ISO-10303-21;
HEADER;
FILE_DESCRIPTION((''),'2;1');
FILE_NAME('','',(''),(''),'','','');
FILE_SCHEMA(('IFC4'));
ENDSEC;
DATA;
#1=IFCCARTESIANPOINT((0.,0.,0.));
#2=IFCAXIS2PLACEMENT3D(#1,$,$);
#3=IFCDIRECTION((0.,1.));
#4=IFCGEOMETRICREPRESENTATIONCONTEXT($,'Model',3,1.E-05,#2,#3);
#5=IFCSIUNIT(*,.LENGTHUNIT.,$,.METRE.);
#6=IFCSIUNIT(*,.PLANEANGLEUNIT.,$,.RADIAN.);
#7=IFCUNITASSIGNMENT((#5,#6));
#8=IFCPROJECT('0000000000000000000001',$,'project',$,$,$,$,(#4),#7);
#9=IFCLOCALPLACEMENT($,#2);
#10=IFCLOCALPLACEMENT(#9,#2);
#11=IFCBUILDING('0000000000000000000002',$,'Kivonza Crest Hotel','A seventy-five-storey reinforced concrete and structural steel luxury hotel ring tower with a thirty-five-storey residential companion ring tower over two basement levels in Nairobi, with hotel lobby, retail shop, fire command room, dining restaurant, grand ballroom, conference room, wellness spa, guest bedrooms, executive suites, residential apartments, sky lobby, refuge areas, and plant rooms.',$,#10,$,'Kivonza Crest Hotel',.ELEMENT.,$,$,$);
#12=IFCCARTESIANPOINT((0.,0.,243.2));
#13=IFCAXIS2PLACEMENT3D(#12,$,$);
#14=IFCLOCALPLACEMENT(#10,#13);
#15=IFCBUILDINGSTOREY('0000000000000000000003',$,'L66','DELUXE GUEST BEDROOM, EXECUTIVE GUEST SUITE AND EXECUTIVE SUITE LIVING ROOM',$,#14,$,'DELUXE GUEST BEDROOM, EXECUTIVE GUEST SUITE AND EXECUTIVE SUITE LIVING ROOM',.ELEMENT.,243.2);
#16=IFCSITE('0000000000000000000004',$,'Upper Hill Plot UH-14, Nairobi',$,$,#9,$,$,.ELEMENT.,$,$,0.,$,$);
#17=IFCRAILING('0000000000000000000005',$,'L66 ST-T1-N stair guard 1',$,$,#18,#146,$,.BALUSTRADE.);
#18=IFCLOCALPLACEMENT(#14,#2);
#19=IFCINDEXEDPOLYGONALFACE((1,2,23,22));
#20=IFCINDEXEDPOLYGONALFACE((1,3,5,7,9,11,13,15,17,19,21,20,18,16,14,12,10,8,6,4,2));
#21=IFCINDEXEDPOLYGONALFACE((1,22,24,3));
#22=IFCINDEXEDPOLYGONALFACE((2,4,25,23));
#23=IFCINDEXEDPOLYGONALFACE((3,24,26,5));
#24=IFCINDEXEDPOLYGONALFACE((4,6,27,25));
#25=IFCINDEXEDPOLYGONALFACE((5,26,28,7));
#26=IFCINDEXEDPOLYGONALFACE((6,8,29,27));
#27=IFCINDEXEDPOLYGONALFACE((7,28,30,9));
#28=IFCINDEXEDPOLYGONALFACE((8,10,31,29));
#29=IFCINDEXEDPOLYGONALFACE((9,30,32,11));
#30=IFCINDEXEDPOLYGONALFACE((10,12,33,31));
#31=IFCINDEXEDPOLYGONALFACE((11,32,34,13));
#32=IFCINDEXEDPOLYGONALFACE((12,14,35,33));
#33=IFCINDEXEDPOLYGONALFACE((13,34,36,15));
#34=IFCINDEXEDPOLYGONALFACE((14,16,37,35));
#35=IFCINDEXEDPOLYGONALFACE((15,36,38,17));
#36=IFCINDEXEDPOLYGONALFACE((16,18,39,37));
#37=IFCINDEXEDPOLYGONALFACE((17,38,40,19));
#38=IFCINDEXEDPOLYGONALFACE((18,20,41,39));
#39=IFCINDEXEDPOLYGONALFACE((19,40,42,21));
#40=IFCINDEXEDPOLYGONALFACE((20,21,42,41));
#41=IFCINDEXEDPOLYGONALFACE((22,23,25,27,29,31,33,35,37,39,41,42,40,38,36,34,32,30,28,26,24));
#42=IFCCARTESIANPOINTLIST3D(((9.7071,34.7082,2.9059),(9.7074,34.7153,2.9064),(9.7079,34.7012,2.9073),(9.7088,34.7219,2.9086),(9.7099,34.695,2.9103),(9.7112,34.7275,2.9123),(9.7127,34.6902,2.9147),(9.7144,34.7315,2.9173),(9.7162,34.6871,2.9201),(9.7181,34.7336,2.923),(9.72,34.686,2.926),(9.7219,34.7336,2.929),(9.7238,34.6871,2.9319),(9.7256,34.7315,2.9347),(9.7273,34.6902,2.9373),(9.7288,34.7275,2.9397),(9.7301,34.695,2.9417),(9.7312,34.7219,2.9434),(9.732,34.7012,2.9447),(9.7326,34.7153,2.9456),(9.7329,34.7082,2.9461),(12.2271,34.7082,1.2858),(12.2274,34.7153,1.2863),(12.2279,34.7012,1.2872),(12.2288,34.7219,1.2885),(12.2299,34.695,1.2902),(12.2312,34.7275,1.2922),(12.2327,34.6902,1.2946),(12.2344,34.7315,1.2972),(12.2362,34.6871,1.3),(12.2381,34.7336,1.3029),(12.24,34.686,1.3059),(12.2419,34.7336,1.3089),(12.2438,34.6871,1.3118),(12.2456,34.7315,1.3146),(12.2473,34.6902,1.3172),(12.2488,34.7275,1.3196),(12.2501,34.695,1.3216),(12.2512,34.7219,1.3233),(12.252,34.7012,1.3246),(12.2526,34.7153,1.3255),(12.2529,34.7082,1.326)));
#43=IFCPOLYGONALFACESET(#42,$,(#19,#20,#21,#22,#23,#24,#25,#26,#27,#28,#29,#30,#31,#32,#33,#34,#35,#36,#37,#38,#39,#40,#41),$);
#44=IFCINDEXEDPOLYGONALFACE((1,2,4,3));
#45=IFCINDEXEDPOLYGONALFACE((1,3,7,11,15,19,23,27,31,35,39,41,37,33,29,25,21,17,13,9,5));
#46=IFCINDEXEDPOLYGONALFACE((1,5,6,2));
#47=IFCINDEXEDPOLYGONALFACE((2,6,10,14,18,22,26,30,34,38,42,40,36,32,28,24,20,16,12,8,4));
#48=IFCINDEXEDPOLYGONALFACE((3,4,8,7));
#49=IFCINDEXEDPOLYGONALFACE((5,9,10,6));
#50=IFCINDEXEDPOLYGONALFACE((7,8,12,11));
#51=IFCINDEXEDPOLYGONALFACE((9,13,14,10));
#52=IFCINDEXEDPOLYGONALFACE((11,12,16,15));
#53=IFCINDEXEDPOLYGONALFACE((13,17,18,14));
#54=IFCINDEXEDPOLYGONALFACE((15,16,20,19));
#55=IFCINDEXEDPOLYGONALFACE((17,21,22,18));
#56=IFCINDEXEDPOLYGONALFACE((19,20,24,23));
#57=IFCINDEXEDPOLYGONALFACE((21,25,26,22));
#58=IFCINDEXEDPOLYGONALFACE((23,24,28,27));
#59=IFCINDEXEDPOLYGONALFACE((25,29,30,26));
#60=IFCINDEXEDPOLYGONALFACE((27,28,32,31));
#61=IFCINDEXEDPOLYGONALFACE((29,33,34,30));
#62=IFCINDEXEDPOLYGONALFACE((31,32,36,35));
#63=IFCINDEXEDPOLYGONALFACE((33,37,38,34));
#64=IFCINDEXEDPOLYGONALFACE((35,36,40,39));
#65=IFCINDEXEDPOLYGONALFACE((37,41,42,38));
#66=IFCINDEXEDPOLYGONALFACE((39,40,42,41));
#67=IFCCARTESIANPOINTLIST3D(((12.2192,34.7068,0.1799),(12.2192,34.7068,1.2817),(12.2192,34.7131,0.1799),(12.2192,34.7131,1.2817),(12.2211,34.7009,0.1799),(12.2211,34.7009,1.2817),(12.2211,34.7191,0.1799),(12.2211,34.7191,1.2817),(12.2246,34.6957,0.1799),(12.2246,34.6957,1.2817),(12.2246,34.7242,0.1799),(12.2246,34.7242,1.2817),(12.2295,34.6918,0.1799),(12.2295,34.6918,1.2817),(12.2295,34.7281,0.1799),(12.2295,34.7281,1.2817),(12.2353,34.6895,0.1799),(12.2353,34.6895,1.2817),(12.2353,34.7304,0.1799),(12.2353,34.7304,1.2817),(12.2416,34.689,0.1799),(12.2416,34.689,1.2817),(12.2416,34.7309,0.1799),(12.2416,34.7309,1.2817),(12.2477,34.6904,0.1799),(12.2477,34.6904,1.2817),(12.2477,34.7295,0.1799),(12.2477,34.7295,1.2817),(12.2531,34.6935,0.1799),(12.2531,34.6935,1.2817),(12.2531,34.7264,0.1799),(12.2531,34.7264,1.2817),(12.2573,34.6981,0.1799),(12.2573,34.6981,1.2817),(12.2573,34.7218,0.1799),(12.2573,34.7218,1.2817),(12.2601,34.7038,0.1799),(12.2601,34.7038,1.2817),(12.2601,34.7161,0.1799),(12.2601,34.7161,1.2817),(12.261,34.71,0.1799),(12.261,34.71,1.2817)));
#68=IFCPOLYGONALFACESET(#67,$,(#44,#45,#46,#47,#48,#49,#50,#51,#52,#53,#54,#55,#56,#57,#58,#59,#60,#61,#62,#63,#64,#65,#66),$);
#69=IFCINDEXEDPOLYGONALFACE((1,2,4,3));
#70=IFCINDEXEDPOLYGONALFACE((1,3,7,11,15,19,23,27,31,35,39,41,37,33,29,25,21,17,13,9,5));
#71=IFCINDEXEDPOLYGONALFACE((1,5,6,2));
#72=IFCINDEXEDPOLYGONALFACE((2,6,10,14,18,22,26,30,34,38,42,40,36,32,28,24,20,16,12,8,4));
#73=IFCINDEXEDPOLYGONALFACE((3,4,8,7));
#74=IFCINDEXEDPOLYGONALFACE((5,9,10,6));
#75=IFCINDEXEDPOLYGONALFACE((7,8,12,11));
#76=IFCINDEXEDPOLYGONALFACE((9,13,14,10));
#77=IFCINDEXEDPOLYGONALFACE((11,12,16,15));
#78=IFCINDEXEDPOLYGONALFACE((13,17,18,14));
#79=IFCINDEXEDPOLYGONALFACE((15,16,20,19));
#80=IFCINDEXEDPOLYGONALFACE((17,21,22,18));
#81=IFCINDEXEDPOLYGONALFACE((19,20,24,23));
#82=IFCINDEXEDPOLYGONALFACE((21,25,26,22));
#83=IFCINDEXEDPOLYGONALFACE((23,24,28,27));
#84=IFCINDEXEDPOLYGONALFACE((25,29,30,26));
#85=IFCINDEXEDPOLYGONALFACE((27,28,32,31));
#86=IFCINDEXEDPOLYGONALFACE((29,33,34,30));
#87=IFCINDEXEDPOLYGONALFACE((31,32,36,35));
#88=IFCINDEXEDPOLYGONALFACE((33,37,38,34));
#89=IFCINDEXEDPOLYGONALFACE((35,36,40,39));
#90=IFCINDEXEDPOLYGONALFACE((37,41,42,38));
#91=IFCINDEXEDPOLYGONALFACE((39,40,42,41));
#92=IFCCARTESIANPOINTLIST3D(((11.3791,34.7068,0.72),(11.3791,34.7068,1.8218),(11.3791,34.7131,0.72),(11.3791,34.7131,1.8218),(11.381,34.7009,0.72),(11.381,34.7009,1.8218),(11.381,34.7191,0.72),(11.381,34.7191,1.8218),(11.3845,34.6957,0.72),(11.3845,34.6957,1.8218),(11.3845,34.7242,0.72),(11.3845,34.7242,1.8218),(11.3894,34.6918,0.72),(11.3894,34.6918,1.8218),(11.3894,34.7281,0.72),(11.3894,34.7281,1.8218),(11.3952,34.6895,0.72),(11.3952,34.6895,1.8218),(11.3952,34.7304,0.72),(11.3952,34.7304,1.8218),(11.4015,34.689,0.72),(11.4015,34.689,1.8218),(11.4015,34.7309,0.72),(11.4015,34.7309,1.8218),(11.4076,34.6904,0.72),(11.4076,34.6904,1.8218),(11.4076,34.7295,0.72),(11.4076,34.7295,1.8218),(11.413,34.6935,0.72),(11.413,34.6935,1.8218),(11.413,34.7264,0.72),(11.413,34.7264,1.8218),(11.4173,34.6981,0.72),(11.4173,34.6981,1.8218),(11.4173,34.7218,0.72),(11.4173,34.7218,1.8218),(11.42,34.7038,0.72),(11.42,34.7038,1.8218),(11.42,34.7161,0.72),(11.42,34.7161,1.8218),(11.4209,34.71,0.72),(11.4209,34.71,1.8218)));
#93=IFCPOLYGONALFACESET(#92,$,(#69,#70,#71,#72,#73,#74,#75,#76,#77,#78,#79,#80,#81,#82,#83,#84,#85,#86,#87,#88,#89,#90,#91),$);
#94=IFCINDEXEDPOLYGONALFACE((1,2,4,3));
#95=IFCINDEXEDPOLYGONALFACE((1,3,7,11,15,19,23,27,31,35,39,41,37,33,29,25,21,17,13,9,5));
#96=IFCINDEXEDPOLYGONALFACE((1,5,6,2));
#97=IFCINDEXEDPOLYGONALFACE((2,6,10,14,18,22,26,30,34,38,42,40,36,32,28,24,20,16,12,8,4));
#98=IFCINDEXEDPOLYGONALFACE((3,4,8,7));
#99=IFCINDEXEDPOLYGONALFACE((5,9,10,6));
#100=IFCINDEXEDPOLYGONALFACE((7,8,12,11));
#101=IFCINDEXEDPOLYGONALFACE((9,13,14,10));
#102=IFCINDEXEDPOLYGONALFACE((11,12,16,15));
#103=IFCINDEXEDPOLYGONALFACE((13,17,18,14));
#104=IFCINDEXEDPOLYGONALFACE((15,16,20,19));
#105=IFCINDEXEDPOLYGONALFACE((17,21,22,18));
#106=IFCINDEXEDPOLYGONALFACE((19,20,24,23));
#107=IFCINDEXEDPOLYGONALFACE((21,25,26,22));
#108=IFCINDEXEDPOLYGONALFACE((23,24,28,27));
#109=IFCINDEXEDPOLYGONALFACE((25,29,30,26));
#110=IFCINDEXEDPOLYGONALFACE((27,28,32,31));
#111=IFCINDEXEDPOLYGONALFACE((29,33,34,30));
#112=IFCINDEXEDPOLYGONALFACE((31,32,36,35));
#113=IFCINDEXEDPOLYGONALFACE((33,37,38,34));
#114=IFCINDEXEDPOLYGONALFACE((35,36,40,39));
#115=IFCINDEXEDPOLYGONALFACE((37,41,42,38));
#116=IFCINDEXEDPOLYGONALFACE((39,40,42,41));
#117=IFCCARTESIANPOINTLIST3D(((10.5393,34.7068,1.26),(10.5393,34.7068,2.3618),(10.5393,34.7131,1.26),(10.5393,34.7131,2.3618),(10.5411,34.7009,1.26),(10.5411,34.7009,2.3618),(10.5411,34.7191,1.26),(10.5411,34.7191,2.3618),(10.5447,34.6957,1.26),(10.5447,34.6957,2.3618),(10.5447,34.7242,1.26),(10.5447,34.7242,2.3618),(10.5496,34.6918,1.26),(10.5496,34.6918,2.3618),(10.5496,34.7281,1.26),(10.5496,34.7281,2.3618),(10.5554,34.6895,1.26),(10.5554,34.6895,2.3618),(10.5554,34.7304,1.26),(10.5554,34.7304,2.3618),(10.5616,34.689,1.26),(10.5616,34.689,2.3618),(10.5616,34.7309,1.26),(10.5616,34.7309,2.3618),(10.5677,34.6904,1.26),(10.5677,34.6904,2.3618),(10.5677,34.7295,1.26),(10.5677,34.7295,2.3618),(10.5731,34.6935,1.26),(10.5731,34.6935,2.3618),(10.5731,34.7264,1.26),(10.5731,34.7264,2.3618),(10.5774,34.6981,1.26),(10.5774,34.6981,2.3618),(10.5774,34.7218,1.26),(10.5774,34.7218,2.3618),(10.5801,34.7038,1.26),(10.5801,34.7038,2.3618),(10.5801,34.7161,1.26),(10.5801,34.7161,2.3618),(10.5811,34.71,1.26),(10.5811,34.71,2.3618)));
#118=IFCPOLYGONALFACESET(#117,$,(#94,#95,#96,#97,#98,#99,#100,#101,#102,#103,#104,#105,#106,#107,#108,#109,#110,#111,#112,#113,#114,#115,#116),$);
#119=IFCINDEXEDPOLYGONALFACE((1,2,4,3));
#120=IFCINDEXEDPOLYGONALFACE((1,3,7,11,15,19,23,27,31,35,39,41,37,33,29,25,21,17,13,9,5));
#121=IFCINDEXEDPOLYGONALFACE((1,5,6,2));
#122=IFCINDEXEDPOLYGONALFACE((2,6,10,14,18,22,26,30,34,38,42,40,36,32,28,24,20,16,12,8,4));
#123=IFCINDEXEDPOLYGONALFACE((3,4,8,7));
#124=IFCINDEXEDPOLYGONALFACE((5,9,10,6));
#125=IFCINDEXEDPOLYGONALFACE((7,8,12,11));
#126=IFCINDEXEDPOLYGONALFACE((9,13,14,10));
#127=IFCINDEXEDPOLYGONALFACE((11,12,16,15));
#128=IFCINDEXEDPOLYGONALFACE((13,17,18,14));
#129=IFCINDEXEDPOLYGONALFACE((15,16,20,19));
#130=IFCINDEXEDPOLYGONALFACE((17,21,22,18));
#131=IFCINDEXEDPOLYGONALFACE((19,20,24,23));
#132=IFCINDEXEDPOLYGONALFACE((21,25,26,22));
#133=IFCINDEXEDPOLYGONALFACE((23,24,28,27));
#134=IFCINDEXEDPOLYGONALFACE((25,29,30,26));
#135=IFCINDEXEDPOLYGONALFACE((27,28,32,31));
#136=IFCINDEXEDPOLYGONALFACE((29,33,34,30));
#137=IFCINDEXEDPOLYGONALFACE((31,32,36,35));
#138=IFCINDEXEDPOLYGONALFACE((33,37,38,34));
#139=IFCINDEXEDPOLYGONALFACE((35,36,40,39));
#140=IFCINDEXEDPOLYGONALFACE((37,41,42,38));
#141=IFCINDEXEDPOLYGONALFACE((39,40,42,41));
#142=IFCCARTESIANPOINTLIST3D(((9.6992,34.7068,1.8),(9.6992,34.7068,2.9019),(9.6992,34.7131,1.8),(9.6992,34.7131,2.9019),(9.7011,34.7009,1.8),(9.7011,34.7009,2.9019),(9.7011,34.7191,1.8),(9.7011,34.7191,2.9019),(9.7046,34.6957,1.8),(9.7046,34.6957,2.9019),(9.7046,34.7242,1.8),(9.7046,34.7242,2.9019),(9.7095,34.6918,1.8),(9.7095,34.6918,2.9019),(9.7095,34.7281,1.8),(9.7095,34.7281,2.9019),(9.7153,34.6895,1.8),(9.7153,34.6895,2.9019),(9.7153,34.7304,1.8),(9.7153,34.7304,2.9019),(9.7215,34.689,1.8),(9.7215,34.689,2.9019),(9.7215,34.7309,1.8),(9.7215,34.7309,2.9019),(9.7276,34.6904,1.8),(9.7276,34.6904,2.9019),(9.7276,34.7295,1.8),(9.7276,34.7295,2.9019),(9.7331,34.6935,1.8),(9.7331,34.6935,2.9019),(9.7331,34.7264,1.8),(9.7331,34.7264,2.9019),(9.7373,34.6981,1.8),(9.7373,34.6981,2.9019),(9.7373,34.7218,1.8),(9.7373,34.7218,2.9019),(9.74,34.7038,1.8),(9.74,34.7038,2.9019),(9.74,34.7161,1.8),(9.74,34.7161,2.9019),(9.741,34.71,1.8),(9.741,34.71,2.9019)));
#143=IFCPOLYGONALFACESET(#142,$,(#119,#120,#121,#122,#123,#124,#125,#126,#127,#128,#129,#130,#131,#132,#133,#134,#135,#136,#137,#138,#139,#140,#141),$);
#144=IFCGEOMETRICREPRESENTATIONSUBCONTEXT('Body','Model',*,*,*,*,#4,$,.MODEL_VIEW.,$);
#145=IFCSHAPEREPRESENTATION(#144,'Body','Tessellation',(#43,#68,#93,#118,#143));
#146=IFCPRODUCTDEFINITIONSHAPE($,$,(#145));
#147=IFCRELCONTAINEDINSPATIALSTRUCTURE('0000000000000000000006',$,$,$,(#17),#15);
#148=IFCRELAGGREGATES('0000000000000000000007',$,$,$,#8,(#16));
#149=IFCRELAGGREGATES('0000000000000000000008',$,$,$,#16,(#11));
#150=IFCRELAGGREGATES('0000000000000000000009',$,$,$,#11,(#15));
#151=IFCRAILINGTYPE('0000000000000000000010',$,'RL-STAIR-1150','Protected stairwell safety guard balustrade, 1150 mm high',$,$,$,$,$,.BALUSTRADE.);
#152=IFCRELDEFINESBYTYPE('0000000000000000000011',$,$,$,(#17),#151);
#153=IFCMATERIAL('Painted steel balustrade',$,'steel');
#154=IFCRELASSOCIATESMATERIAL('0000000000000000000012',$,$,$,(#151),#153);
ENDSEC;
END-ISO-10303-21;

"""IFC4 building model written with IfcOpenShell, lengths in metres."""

from ifc_helpers import new_model, si_unit, direction, frame, origin, origin_2d, place, context, subcontext, project, spatial, circle, extrude, material, type_object, element, save


model = new_model("IFC4")

# Units and contexts
model_context = context("Model", 3, precision=1e-05, world=origin(), true_north=direction((0.0, 1.0)))
body_context = subcontext(model_context, "Body", "Model", "MODEL_VIEW")
ifc_project = project(units=[si_unit("LENGTHUNIT", "METRE"), si_unit("PLANEANGLEUNIT", "RADIAN")], contexts=[model_context])

# Site, building, storey
site_placement = place(None, origin())
site = spatial("IfcSite", under=ifc_project, at=site_placement, Name="Upper Hill Plot UH-14, Nairobi", CompositionType="ELEMENT", RefElevation=0.0)
building_placement = place(site_placement, origin())
building = spatial("IfcBuilding", under=site, at=building_placement, Name="Kivonza Crest Hotel", Description="A seventy-five-storey reinforced concrete and structural steel luxury hotel ring tower with a thirty-five-storey residential companion ring tower over two basement levels in Nairobi, with hotel lobby, retail shop, fire command room, dining restaurant, grand ballroom, conference room, wellness spa, guest bedrooms, executive suites, residential apartments, sky lobby, refuge areas, and plant rooms.", LongName="Kivonza Crest Hotel", CompositionType="ELEMENT")
storey_placement = place(building_placement, frame((0.0, 0.0, 243.2)))
storey = spatial("IfcBuildingStorey", under=building, at=storey_placement, Name="L66", Description="DELUXE GUEST BEDROOM, EXECUTIVE GUEST SUITE AND EXECUTIVE SUITE LIVING ROOM", LongName="DELUXE GUEST BEDROOM, EXECUTIVE GUEST SUITE AND EXECUTIVE SUITE LIVING ROOM", CompositionType="ELEMENT", Elevation=243.2)

# Railing
ifc_material_1 = material(Name="Painted steel balustrade", Category="steel")
railing_type_1 = type_object("IfcRailingType", Name="RL-STAIR-1150", Description="Protected stairwell safety guard balustrade, 1150 mm high", PredefinedType="BALUSTRADE", material=ifc_material_1)
railing_1_placement = place(storey_placement, frame((12.24, 34.71, 0.1799)))
element("IfcRailing", 1, at=railing_1_placement, inside=storey, type_object=railing_type_1, Name="L66 ST-T1-N stair guard 1", PredefinedType="BALUSTRADE", context=body_context, shape_type="SweptSolid", body=[
    extrude(circle(Radius=0.0239, at=origin_2d()), frame((0.0, 0.0, 1.126), z_axis=(-0.841163, 0.0, 0.540782), x_axis=(0.0, -1.0, 0.0)), (0.0, 0.0, 1.0), 2.9958),
    extrude(circle(Radius=0.021, at=origin_2d()), origin(), (0.0, 0.0, 1.0), 1.1018),
    extrude(circle(Radius=0.021, at=origin_2d()), frame((-0.8401, 0.0, 0.54)), (0.0, 0.0, 1.0), 1.1018),
    extrude(circle(Radius=0.021, at=origin_2d()), frame((-1.6799, 0.0, 1.0801)), (0.0, 0.0, 1.0), 1.1018),
    extrude(circle(Radius=0.021, at=origin_2d()), frame((-2.52, 0.0, 1.6201)), (0.0, 0.0, 1.0), 1.1018),
])

save(model, "model.ifc")
